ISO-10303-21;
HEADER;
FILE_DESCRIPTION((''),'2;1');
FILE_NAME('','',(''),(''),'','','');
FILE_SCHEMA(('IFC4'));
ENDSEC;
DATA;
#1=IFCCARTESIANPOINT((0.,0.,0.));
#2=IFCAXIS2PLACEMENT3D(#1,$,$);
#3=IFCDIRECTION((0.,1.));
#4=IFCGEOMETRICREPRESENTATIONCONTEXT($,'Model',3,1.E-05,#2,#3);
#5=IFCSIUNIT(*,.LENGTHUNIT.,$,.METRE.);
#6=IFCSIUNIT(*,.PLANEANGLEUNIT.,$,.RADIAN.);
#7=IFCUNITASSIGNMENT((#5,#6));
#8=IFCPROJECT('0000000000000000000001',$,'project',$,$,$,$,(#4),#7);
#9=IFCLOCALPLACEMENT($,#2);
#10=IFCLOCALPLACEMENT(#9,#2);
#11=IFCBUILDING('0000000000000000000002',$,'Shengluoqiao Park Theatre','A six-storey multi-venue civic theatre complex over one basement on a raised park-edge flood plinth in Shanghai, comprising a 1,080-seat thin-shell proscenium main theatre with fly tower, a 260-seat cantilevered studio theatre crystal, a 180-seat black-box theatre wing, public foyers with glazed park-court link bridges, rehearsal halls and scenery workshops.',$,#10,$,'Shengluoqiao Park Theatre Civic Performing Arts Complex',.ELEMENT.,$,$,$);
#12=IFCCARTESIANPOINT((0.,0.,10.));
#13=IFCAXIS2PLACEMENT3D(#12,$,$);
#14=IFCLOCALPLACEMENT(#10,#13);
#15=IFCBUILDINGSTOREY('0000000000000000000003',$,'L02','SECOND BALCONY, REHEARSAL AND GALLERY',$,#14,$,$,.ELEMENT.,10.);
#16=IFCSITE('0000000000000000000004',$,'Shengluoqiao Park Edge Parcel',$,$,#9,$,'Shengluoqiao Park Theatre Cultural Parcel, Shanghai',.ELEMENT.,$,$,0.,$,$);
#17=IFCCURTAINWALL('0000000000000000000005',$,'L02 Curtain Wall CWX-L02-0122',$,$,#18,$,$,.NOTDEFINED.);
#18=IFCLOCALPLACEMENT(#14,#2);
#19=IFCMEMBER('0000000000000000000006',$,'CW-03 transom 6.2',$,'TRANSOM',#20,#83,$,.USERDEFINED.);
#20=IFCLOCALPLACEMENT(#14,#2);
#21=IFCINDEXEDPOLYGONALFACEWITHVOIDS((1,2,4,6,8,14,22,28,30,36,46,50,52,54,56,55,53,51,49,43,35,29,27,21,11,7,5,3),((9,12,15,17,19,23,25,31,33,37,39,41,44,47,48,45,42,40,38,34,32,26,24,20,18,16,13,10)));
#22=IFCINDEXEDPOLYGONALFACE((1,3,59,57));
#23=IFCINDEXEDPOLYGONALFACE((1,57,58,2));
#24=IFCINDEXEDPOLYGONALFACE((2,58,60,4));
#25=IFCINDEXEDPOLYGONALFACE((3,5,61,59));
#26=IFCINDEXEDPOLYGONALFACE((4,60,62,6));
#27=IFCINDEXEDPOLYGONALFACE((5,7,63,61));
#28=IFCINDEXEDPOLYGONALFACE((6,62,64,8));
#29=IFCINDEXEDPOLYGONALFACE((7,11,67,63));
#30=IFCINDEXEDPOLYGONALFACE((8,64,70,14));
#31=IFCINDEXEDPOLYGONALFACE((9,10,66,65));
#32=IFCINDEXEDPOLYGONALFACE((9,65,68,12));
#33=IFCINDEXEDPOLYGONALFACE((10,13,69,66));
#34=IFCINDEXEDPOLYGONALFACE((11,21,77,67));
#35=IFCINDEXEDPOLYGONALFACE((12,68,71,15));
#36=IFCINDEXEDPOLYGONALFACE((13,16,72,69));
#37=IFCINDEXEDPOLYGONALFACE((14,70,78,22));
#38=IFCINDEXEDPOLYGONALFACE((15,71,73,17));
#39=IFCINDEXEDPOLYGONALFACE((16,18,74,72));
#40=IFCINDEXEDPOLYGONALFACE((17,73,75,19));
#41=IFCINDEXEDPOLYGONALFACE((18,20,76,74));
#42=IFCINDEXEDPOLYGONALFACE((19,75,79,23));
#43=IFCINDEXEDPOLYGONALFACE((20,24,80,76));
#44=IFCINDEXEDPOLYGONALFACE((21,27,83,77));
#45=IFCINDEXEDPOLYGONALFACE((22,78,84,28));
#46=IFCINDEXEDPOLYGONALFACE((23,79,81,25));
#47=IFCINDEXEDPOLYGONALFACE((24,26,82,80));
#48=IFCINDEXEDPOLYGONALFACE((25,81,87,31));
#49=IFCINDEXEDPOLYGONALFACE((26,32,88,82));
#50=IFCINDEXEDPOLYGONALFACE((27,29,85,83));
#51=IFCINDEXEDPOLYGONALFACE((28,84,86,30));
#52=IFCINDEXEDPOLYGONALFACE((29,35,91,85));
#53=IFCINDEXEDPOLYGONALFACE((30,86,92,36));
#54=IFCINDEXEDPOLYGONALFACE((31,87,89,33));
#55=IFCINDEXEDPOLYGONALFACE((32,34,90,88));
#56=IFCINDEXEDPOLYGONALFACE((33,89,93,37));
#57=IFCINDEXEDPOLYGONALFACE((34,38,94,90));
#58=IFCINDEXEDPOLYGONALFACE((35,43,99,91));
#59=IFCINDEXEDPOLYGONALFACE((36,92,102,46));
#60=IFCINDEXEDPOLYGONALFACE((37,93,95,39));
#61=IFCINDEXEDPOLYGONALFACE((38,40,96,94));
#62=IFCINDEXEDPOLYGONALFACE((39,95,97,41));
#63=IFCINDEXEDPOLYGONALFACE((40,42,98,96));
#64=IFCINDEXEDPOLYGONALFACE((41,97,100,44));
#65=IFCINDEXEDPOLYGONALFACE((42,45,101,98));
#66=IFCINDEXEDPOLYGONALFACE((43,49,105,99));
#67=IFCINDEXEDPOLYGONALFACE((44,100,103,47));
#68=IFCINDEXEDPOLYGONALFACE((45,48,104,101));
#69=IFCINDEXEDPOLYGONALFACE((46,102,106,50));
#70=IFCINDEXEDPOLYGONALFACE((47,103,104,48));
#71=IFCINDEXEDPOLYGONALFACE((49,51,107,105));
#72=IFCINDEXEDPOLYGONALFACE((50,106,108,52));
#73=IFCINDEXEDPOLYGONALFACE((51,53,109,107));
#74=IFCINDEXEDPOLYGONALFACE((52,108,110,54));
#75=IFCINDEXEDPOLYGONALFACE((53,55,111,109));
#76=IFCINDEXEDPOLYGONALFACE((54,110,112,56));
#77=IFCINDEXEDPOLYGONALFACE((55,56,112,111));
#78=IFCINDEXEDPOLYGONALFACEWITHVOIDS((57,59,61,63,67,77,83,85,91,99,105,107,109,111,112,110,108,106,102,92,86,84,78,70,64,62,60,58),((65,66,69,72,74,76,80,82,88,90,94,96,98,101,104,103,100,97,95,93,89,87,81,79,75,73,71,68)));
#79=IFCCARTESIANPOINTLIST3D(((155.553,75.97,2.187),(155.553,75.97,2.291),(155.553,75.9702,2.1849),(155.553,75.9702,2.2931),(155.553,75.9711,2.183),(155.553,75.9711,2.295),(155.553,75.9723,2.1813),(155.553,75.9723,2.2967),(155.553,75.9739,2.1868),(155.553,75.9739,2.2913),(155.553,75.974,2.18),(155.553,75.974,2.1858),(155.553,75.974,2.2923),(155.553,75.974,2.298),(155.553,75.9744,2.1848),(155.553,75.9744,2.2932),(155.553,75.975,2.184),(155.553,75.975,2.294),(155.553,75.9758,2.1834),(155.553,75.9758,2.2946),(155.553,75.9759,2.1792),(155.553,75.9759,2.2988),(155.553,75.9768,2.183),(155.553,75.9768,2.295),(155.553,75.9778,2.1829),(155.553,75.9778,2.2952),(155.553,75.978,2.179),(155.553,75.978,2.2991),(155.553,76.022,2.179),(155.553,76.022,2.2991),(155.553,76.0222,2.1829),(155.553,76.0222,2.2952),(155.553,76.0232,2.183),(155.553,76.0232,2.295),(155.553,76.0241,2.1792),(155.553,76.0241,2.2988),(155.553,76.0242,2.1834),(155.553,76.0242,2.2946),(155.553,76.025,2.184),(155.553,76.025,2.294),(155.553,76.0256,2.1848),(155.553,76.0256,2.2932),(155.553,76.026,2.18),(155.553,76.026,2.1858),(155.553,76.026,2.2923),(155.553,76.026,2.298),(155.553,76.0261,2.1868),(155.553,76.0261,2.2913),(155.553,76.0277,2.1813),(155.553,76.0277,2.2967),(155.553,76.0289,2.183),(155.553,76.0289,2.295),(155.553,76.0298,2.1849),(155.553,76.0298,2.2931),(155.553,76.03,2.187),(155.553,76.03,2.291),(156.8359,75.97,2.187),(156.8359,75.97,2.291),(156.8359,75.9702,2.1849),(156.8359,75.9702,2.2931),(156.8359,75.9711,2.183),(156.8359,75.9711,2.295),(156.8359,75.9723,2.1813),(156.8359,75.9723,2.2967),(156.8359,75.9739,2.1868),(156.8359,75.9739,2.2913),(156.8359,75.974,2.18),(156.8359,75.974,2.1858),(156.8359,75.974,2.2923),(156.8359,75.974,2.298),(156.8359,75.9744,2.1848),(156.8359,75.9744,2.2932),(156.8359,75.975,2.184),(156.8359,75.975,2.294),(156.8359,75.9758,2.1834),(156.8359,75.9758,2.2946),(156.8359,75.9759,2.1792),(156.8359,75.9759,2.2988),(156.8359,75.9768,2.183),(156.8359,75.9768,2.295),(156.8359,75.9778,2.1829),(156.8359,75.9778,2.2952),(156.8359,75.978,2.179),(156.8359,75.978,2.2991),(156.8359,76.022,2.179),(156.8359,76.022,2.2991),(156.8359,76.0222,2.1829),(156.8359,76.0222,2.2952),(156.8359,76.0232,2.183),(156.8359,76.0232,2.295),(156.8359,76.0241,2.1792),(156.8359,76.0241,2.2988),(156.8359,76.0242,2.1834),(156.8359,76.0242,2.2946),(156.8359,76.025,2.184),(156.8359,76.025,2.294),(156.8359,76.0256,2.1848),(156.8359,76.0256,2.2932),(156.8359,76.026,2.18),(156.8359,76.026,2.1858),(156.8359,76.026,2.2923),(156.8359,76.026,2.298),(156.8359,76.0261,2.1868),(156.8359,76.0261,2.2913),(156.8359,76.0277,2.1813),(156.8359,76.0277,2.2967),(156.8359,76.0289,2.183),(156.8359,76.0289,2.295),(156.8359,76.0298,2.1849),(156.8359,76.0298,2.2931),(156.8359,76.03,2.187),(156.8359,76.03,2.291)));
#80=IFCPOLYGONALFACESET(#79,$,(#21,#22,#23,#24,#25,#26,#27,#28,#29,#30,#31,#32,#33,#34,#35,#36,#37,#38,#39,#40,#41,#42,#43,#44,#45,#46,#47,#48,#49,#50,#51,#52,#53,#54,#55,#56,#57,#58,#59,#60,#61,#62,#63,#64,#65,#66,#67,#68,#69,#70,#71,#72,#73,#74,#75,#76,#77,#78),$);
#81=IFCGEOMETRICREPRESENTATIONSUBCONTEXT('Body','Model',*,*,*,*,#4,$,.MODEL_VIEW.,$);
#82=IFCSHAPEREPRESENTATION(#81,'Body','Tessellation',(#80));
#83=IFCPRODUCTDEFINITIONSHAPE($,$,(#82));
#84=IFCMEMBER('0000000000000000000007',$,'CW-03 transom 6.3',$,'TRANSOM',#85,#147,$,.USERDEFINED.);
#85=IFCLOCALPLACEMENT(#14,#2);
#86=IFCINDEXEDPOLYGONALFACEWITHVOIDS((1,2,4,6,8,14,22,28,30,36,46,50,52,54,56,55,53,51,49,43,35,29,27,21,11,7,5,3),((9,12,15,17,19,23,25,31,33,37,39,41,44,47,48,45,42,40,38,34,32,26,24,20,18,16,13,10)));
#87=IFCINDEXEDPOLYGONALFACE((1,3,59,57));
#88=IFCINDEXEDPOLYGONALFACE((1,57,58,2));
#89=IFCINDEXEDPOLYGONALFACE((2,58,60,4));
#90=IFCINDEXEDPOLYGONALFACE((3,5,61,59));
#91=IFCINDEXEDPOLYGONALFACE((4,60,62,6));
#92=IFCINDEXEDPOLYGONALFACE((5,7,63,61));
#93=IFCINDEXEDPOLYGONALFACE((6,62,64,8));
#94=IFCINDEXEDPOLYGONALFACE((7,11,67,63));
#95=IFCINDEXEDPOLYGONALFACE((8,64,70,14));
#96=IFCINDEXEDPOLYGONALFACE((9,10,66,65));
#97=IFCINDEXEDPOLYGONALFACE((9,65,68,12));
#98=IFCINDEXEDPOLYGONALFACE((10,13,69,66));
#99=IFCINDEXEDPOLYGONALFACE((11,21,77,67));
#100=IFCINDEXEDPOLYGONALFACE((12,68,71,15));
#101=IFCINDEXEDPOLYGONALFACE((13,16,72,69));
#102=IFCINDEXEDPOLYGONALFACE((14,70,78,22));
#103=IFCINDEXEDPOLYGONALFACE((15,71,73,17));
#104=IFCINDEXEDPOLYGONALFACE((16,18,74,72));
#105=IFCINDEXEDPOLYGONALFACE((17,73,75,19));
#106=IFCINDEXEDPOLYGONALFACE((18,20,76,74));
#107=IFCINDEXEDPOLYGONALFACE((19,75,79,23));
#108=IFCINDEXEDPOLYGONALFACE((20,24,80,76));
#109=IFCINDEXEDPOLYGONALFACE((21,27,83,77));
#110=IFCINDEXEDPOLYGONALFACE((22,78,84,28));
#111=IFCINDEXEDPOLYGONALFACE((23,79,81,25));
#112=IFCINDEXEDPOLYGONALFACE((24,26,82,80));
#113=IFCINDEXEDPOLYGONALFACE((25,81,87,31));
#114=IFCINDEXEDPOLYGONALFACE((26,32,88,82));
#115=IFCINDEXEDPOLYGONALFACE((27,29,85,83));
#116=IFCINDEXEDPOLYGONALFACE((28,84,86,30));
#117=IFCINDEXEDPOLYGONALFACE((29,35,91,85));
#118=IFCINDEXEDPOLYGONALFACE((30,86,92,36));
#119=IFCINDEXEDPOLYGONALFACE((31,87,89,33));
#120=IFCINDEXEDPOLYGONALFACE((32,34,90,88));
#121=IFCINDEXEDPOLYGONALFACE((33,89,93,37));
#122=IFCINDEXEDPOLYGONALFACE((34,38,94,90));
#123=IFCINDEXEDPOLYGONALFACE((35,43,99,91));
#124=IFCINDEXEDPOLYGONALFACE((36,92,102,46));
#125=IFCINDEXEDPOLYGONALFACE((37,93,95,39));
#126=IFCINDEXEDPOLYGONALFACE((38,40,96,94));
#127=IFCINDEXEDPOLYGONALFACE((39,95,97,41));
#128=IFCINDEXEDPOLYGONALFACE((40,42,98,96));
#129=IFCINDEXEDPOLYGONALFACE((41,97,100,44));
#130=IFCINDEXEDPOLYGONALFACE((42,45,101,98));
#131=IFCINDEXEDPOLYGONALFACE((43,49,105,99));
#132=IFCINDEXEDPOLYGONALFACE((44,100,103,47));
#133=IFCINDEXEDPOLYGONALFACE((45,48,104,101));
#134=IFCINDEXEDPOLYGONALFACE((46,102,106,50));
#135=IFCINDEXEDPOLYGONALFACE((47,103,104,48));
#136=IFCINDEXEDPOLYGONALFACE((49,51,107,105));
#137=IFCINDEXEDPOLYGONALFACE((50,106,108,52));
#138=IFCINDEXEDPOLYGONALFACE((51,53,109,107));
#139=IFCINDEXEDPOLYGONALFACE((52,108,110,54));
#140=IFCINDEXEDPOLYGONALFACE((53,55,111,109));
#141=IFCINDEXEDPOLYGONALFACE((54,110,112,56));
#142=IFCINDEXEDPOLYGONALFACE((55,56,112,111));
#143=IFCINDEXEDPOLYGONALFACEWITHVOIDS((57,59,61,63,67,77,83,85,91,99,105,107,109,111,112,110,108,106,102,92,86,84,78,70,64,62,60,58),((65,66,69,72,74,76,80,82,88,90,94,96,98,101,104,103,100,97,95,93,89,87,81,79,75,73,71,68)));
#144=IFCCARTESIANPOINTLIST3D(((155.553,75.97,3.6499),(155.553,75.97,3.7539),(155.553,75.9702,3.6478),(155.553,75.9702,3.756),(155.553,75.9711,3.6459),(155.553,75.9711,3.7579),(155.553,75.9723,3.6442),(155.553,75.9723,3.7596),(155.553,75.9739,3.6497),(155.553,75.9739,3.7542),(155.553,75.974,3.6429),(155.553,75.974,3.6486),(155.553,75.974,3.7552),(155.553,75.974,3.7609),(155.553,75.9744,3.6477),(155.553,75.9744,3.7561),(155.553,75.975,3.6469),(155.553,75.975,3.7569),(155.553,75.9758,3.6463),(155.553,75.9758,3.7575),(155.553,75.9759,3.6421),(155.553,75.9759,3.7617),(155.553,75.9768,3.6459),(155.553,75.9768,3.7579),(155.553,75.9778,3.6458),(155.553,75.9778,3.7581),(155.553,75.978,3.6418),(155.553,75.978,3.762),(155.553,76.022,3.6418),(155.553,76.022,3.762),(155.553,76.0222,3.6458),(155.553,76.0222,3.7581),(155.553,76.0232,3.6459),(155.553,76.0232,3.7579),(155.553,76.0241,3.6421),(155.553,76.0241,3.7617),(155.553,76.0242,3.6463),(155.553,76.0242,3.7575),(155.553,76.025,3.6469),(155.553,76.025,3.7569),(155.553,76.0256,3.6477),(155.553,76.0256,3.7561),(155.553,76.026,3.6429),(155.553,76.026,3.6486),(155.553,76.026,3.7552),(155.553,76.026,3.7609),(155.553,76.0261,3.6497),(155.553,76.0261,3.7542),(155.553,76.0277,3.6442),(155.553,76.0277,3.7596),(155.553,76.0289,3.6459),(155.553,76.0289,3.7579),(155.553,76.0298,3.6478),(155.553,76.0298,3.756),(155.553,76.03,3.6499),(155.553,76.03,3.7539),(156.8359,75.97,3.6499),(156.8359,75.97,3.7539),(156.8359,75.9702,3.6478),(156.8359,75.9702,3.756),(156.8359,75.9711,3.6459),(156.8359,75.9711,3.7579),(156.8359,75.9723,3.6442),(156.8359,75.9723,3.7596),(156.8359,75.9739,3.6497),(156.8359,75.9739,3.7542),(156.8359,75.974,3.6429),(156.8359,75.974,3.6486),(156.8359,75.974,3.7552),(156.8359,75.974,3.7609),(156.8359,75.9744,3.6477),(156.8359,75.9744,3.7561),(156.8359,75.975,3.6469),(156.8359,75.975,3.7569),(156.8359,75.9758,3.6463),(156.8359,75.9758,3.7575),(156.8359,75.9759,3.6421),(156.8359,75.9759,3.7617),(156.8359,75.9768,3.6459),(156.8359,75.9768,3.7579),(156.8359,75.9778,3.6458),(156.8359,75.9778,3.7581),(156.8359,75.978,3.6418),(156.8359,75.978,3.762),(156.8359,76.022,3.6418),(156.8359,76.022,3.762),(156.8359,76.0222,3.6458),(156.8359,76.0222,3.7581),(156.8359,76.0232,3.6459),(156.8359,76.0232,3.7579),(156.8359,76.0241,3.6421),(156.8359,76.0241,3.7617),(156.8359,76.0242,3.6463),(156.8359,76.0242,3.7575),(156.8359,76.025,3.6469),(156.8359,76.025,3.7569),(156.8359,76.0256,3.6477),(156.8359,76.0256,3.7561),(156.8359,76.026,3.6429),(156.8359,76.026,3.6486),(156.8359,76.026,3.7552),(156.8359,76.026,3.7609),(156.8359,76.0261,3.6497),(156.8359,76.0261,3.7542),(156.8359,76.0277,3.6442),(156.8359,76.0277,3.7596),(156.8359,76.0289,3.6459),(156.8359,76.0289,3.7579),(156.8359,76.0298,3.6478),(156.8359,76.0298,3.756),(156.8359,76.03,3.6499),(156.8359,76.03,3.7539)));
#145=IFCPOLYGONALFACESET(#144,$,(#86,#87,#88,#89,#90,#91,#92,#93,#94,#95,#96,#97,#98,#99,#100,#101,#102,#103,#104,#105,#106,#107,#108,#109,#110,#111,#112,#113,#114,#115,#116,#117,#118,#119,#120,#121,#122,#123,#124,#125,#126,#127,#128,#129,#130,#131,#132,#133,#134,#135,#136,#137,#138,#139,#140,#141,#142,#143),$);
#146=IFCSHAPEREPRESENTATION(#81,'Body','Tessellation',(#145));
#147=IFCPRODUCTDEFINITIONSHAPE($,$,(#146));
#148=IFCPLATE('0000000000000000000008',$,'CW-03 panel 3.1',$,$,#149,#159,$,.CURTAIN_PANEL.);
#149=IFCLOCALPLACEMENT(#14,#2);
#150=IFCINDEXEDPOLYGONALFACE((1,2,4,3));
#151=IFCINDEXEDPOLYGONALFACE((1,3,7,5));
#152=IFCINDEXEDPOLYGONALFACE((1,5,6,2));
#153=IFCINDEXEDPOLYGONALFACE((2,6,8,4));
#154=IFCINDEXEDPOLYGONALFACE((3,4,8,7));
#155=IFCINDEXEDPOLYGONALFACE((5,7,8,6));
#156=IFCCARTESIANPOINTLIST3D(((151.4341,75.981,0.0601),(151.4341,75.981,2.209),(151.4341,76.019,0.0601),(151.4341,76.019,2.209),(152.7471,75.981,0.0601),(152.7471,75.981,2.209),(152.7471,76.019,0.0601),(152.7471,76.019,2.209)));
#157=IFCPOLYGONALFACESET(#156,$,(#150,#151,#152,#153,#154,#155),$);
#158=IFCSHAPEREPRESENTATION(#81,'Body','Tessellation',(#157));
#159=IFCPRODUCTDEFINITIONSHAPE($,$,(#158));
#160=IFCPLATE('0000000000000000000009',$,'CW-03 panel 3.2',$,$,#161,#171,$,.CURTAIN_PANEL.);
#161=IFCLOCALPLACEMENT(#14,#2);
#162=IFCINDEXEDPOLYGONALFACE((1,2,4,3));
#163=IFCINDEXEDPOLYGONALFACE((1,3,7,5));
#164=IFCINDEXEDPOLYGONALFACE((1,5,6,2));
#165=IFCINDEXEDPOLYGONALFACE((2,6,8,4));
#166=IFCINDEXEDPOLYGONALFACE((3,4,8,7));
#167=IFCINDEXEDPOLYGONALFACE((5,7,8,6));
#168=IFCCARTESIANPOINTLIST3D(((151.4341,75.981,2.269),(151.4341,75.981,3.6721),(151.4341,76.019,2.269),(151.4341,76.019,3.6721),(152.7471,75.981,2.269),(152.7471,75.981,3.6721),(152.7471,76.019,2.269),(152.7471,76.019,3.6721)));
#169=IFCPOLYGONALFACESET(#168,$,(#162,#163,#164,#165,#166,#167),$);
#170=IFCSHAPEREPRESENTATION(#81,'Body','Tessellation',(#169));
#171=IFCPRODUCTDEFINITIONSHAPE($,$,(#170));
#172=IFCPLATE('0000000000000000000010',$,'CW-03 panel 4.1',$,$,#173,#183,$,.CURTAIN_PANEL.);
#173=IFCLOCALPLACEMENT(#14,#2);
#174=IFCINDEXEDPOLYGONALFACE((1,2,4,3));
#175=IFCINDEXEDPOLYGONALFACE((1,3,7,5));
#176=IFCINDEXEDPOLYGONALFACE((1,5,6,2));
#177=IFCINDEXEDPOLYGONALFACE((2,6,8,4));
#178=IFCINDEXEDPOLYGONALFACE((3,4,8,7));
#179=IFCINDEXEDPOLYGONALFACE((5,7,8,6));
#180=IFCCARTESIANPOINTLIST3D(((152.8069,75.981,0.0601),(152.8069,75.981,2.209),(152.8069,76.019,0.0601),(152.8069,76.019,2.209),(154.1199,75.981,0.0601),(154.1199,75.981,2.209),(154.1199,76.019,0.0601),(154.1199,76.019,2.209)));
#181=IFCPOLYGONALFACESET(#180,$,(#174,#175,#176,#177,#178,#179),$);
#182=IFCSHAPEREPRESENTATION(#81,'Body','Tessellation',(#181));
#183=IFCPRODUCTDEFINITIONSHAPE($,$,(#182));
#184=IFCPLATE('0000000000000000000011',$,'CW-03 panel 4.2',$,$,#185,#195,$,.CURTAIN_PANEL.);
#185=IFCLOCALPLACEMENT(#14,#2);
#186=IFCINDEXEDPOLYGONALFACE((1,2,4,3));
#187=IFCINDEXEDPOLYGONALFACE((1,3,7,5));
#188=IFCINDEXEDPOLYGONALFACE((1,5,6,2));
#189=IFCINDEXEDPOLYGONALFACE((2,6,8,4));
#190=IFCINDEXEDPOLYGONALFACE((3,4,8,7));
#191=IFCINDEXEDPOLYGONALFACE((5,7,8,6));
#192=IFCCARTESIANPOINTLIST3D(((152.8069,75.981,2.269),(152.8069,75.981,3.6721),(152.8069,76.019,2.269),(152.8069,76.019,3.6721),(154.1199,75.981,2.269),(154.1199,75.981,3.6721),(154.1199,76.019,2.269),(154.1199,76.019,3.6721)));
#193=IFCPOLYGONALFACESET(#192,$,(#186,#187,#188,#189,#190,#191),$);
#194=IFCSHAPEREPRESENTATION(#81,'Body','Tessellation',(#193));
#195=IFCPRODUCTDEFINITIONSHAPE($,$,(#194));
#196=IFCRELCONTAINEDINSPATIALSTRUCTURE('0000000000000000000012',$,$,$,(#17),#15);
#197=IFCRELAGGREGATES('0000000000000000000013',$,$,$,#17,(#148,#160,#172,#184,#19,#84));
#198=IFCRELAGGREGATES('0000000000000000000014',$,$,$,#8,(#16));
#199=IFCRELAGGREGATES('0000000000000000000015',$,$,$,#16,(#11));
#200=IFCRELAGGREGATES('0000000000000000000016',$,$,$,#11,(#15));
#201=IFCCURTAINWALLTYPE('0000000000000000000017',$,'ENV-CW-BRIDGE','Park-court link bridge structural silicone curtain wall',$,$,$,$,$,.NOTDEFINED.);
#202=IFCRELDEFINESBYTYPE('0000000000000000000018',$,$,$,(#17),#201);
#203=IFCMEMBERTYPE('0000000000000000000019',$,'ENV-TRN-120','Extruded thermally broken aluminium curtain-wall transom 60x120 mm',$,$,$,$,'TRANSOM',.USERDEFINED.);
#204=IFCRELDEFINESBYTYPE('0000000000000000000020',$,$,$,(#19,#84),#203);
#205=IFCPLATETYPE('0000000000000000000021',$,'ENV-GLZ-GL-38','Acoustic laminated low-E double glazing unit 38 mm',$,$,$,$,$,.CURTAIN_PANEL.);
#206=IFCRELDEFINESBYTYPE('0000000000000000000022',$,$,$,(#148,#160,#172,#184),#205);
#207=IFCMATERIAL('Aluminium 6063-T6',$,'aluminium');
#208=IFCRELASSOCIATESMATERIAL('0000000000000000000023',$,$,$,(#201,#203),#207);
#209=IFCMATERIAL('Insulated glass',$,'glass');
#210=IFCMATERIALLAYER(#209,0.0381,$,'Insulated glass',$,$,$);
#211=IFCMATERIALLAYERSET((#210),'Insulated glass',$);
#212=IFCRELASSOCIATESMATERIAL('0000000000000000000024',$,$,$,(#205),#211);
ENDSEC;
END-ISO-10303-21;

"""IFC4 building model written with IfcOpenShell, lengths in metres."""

from ifc_helpers import new_model, si_unit, direction, frame, origin, origin_2d, place, context, subcontext, project, spatial, rectangle, hollow_rectangle, extrude, material, layer, layer_set, material_profile, profile_set, type_object, element, aggregate, save


model = new_model("IFC4")

# Units and contexts
model_context = context("Model", 3, precision=1e-05, world=origin(), true_north=direction((0.0, 1.0)))
body_context = subcontext(model_context, "Body", "Model", "MODEL_VIEW")
ifc_project = project(units=[si_unit("LENGTHUNIT", "METRE"), si_unit("PLANEANGLEUNIT", "RADIAN")], contexts=[model_context])

# Site, building, storey
site_placement = place(None, origin())
site = spatial("IfcSite", under=ifc_project, at=site_placement, Name="Shengluoqiao Park Edge Parcel", LongName="Shengluoqiao Park Theatre Cultural Parcel, Shanghai", CompositionType="ELEMENT", RefElevation=0.0)
building_placement = place(site_placement, origin())
building = spatial("IfcBuilding", under=site, at=building_placement, Name="Shengluoqiao Park Theatre", Description="A six-storey multi-venue civic theatre complex over one basement on a raised park-edge flood plinth in Shanghai, comprising a 1,080-seat thin-shell proscenium main theatre with fly tower, a 260-seat cantilevered studio theatre crystal, a 180-seat black-box theatre wing, public foyers with glazed park-court link bridges, rehearsal halls and scenery workshops.", LongName="Shengluoqiao Park Theatre Civic Performing Arts Complex", CompositionType="ELEMENT")
storey_placement = place(building_placement, frame((0.0, 0.0, 10.0)))
storey = spatial("IfcBuildingStorey", under=building, at=storey_placement, Name="L02", Description="SECOND BALCONY, REHEARSAL AND GALLERY", CompositionType="ELEMENT", Elevation=10.0)

# Curtain wall, members, plates
ifc_material_1 = material(Name="Aluminium 6063-T6", Category="aluminium")
curtain_wall_type = type_object("IfcCurtainWallType", Name="ENV-CW-BRIDGE", Description="Park-court link bridge structural silicone curtain wall", PredefinedType="NOTDEFINED", material=ifc_material_1)
curtain_wall_placement = place(storey_placement, origin())
curtain_wall = element("IfcCurtainWall", 1, at=curtain_wall_placement, inside=storey, type_object=curtain_wall_type, Name="L02 Curtain Wall CWX-L02-0122", PredefinedType="NOTDEFINED")
ifc_material_profile_1 = material_profile(ifc_material_1, hollow_rectangle(XDim=0.0601, YDim=0.1201, WallThickness=0.0039, InnerFilletRadius=0.0039, OuterFilletRadius=0.0081, at=origin_2d()), Name="ALU TRANSOM 120x60x4")
ifc_profile_set_1 = profile_set([ifc_material_profile_1], Name="Aluminium 6063-T6")
member_type_1 = type_object("IfcMemberType", Name="ENV-TRN-120", Description="Extruded thermally broken aluminium curtain-wall transom 60x120 mm", ElementType="TRANSOM", PredefinedType="USERDEFINED", material=ifc_profile_set_1)
member_1_placement = place(storey_placement, frame((155.553, 76.0, 2.239), z_axis=(1.0, 0.0, 0.0), x_axis=(0.0, 1.0, 0.0)))
member_1 = element("IfcMember", 2, at=member_1_placement, type_object=member_type_1, Name="CW-03 transom 6.2", ObjectType="TRANSOM", PredefinedType="USERDEFINED", context=body_context, shape_type="SweptSolid", body=[
    extrude(hollow_rectangle(XDim=0.0601, YDim=0.1201, WallThickness=0.0039, InnerFilletRadius=0.0039, OuterFilletRadius=0.0081, at=origin_2d()), origin(), (0.0, 0.0, 1.0), 1.283),
])
member_2_placement = place(storey_placement, frame((155.553, 76.0, 3.7019), z_axis=(1.0, 0.0, 0.0), x_axis=(0.0, 1.0, 0.0)))
member_2 = element("IfcMember", 3, at=member_2_placement, type_object=member_type_1, Name="CW-03 transom 6.3", ObjectType="TRANSOM", PredefinedType="USERDEFINED", context=body_context, shape_type="SweptSolid", body=[
    extrude(hollow_rectangle(XDim=0.0601, YDim=0.1201, WallThickness=0.0039, InnerFilletRadius=0.0039, OuterFilletRadius=0.0081, at=origin_2d()), origin(), (0.0, 0.0, 1.0), 1.283),
])
ifc_material_2 = material(Name="Insulated glass", Category="glass")
ifc_layer = layer(ifc_material_2, 0.0381, Name="Insulated glass")
ifc_layer_set = layer_set([ifc_layer], Name="Insulated glass")
plate_type = type_object("IfcPlateType", Name="ENV-GLZ-GL-38", Description="Acoustic laminated low-E double glazing unit 38 mm", PredefinedType="CURTAIN_PANEL", material=ifc_layer_set)
plate_1_placement = place(storey_placement, frame((152.0906, 76.0, 0.0601), z_axis=(0.0, 0.0, 1.0), x_axis=(1.0, 0.0, 0.0)))
plate_1 = element("IfcPlate", 4, at=plate_1_placement, type_object=plate_type, Name="CW-03 panel 3.1", PredefinedType="CURTAIN_PANEL", context=body_context, shape_type="SweptSolid", body=[
    extrude(rectangle(XDim=1.313, YDim=0.0381, at=origin_2d()), origin(), (0.0, 0.0, 1.0), 2.1489),
])
plate_2_placement = place(storey_placement, frame((152.0906, 76.0, 2.269), z_axis=(0.0, 0.0, 1.0), x_axis=(1.0, 0.0, 0.0)))
plate_2 = element("IfcPlate", 5, at=plate_2_placement, type_object=plate_type, Name="CW-03 panel 3.2", PredefinedType="CURTAIN_PANEL", context=body_context, shape_type="SweptSolid", body=[
    extrude(rectangle(XDim=1.313, YDim=0.0381, at=origin_2d()), origin(), (0.0, 0.0, 1.0), 1.4031),
])
plate_3_placement = place(storey_placement, frame((153.4634, 76.0, 0.0601), z_axis=(0.0, 0.0, 1.0), x_axis=(1.0, 0.0, 0.0)))
plate_3 = element("IfcPlate", 6, at=plate_3_placement, type_object=plate_type, Name="CW-03 panel 4.1", PredefinedType="CURTAIN_PANEL", context=body_context, shape_type="SweptSolid", body=[
    extrude(rectangle(XDim=1.313, YDim=0.0381, at=origin_2d()), origin(), (0.0, 0.0, 1.0), 2.1489),
])
plate_4_placement = place(storey_placement, frame((153.4634, 76.0, 2.269), z_axis=(0.0, 0.0, 1.0), x_axis=(1.0, 0.0, 0.0)))
plate_4 = element("IfcPlate", 7, at=plate_4_placement, type_object=plate_type, Name="CW-03 panel 4.2", PredefinedType="CURTAIN_PANEL", context=body_context, shape_type="SweptSolid", body=[
    extrude(rectangle(XDim=1.313, YDim=0.0381, at=origin_2d()), origin(), (0.0, 0.0, 1.0), 1.4031),
])
aggregate(curtain_wall, [plate_1, plate_2, plate_3, plate_4, member_1, member_2])

save(model, "model.ifc")
